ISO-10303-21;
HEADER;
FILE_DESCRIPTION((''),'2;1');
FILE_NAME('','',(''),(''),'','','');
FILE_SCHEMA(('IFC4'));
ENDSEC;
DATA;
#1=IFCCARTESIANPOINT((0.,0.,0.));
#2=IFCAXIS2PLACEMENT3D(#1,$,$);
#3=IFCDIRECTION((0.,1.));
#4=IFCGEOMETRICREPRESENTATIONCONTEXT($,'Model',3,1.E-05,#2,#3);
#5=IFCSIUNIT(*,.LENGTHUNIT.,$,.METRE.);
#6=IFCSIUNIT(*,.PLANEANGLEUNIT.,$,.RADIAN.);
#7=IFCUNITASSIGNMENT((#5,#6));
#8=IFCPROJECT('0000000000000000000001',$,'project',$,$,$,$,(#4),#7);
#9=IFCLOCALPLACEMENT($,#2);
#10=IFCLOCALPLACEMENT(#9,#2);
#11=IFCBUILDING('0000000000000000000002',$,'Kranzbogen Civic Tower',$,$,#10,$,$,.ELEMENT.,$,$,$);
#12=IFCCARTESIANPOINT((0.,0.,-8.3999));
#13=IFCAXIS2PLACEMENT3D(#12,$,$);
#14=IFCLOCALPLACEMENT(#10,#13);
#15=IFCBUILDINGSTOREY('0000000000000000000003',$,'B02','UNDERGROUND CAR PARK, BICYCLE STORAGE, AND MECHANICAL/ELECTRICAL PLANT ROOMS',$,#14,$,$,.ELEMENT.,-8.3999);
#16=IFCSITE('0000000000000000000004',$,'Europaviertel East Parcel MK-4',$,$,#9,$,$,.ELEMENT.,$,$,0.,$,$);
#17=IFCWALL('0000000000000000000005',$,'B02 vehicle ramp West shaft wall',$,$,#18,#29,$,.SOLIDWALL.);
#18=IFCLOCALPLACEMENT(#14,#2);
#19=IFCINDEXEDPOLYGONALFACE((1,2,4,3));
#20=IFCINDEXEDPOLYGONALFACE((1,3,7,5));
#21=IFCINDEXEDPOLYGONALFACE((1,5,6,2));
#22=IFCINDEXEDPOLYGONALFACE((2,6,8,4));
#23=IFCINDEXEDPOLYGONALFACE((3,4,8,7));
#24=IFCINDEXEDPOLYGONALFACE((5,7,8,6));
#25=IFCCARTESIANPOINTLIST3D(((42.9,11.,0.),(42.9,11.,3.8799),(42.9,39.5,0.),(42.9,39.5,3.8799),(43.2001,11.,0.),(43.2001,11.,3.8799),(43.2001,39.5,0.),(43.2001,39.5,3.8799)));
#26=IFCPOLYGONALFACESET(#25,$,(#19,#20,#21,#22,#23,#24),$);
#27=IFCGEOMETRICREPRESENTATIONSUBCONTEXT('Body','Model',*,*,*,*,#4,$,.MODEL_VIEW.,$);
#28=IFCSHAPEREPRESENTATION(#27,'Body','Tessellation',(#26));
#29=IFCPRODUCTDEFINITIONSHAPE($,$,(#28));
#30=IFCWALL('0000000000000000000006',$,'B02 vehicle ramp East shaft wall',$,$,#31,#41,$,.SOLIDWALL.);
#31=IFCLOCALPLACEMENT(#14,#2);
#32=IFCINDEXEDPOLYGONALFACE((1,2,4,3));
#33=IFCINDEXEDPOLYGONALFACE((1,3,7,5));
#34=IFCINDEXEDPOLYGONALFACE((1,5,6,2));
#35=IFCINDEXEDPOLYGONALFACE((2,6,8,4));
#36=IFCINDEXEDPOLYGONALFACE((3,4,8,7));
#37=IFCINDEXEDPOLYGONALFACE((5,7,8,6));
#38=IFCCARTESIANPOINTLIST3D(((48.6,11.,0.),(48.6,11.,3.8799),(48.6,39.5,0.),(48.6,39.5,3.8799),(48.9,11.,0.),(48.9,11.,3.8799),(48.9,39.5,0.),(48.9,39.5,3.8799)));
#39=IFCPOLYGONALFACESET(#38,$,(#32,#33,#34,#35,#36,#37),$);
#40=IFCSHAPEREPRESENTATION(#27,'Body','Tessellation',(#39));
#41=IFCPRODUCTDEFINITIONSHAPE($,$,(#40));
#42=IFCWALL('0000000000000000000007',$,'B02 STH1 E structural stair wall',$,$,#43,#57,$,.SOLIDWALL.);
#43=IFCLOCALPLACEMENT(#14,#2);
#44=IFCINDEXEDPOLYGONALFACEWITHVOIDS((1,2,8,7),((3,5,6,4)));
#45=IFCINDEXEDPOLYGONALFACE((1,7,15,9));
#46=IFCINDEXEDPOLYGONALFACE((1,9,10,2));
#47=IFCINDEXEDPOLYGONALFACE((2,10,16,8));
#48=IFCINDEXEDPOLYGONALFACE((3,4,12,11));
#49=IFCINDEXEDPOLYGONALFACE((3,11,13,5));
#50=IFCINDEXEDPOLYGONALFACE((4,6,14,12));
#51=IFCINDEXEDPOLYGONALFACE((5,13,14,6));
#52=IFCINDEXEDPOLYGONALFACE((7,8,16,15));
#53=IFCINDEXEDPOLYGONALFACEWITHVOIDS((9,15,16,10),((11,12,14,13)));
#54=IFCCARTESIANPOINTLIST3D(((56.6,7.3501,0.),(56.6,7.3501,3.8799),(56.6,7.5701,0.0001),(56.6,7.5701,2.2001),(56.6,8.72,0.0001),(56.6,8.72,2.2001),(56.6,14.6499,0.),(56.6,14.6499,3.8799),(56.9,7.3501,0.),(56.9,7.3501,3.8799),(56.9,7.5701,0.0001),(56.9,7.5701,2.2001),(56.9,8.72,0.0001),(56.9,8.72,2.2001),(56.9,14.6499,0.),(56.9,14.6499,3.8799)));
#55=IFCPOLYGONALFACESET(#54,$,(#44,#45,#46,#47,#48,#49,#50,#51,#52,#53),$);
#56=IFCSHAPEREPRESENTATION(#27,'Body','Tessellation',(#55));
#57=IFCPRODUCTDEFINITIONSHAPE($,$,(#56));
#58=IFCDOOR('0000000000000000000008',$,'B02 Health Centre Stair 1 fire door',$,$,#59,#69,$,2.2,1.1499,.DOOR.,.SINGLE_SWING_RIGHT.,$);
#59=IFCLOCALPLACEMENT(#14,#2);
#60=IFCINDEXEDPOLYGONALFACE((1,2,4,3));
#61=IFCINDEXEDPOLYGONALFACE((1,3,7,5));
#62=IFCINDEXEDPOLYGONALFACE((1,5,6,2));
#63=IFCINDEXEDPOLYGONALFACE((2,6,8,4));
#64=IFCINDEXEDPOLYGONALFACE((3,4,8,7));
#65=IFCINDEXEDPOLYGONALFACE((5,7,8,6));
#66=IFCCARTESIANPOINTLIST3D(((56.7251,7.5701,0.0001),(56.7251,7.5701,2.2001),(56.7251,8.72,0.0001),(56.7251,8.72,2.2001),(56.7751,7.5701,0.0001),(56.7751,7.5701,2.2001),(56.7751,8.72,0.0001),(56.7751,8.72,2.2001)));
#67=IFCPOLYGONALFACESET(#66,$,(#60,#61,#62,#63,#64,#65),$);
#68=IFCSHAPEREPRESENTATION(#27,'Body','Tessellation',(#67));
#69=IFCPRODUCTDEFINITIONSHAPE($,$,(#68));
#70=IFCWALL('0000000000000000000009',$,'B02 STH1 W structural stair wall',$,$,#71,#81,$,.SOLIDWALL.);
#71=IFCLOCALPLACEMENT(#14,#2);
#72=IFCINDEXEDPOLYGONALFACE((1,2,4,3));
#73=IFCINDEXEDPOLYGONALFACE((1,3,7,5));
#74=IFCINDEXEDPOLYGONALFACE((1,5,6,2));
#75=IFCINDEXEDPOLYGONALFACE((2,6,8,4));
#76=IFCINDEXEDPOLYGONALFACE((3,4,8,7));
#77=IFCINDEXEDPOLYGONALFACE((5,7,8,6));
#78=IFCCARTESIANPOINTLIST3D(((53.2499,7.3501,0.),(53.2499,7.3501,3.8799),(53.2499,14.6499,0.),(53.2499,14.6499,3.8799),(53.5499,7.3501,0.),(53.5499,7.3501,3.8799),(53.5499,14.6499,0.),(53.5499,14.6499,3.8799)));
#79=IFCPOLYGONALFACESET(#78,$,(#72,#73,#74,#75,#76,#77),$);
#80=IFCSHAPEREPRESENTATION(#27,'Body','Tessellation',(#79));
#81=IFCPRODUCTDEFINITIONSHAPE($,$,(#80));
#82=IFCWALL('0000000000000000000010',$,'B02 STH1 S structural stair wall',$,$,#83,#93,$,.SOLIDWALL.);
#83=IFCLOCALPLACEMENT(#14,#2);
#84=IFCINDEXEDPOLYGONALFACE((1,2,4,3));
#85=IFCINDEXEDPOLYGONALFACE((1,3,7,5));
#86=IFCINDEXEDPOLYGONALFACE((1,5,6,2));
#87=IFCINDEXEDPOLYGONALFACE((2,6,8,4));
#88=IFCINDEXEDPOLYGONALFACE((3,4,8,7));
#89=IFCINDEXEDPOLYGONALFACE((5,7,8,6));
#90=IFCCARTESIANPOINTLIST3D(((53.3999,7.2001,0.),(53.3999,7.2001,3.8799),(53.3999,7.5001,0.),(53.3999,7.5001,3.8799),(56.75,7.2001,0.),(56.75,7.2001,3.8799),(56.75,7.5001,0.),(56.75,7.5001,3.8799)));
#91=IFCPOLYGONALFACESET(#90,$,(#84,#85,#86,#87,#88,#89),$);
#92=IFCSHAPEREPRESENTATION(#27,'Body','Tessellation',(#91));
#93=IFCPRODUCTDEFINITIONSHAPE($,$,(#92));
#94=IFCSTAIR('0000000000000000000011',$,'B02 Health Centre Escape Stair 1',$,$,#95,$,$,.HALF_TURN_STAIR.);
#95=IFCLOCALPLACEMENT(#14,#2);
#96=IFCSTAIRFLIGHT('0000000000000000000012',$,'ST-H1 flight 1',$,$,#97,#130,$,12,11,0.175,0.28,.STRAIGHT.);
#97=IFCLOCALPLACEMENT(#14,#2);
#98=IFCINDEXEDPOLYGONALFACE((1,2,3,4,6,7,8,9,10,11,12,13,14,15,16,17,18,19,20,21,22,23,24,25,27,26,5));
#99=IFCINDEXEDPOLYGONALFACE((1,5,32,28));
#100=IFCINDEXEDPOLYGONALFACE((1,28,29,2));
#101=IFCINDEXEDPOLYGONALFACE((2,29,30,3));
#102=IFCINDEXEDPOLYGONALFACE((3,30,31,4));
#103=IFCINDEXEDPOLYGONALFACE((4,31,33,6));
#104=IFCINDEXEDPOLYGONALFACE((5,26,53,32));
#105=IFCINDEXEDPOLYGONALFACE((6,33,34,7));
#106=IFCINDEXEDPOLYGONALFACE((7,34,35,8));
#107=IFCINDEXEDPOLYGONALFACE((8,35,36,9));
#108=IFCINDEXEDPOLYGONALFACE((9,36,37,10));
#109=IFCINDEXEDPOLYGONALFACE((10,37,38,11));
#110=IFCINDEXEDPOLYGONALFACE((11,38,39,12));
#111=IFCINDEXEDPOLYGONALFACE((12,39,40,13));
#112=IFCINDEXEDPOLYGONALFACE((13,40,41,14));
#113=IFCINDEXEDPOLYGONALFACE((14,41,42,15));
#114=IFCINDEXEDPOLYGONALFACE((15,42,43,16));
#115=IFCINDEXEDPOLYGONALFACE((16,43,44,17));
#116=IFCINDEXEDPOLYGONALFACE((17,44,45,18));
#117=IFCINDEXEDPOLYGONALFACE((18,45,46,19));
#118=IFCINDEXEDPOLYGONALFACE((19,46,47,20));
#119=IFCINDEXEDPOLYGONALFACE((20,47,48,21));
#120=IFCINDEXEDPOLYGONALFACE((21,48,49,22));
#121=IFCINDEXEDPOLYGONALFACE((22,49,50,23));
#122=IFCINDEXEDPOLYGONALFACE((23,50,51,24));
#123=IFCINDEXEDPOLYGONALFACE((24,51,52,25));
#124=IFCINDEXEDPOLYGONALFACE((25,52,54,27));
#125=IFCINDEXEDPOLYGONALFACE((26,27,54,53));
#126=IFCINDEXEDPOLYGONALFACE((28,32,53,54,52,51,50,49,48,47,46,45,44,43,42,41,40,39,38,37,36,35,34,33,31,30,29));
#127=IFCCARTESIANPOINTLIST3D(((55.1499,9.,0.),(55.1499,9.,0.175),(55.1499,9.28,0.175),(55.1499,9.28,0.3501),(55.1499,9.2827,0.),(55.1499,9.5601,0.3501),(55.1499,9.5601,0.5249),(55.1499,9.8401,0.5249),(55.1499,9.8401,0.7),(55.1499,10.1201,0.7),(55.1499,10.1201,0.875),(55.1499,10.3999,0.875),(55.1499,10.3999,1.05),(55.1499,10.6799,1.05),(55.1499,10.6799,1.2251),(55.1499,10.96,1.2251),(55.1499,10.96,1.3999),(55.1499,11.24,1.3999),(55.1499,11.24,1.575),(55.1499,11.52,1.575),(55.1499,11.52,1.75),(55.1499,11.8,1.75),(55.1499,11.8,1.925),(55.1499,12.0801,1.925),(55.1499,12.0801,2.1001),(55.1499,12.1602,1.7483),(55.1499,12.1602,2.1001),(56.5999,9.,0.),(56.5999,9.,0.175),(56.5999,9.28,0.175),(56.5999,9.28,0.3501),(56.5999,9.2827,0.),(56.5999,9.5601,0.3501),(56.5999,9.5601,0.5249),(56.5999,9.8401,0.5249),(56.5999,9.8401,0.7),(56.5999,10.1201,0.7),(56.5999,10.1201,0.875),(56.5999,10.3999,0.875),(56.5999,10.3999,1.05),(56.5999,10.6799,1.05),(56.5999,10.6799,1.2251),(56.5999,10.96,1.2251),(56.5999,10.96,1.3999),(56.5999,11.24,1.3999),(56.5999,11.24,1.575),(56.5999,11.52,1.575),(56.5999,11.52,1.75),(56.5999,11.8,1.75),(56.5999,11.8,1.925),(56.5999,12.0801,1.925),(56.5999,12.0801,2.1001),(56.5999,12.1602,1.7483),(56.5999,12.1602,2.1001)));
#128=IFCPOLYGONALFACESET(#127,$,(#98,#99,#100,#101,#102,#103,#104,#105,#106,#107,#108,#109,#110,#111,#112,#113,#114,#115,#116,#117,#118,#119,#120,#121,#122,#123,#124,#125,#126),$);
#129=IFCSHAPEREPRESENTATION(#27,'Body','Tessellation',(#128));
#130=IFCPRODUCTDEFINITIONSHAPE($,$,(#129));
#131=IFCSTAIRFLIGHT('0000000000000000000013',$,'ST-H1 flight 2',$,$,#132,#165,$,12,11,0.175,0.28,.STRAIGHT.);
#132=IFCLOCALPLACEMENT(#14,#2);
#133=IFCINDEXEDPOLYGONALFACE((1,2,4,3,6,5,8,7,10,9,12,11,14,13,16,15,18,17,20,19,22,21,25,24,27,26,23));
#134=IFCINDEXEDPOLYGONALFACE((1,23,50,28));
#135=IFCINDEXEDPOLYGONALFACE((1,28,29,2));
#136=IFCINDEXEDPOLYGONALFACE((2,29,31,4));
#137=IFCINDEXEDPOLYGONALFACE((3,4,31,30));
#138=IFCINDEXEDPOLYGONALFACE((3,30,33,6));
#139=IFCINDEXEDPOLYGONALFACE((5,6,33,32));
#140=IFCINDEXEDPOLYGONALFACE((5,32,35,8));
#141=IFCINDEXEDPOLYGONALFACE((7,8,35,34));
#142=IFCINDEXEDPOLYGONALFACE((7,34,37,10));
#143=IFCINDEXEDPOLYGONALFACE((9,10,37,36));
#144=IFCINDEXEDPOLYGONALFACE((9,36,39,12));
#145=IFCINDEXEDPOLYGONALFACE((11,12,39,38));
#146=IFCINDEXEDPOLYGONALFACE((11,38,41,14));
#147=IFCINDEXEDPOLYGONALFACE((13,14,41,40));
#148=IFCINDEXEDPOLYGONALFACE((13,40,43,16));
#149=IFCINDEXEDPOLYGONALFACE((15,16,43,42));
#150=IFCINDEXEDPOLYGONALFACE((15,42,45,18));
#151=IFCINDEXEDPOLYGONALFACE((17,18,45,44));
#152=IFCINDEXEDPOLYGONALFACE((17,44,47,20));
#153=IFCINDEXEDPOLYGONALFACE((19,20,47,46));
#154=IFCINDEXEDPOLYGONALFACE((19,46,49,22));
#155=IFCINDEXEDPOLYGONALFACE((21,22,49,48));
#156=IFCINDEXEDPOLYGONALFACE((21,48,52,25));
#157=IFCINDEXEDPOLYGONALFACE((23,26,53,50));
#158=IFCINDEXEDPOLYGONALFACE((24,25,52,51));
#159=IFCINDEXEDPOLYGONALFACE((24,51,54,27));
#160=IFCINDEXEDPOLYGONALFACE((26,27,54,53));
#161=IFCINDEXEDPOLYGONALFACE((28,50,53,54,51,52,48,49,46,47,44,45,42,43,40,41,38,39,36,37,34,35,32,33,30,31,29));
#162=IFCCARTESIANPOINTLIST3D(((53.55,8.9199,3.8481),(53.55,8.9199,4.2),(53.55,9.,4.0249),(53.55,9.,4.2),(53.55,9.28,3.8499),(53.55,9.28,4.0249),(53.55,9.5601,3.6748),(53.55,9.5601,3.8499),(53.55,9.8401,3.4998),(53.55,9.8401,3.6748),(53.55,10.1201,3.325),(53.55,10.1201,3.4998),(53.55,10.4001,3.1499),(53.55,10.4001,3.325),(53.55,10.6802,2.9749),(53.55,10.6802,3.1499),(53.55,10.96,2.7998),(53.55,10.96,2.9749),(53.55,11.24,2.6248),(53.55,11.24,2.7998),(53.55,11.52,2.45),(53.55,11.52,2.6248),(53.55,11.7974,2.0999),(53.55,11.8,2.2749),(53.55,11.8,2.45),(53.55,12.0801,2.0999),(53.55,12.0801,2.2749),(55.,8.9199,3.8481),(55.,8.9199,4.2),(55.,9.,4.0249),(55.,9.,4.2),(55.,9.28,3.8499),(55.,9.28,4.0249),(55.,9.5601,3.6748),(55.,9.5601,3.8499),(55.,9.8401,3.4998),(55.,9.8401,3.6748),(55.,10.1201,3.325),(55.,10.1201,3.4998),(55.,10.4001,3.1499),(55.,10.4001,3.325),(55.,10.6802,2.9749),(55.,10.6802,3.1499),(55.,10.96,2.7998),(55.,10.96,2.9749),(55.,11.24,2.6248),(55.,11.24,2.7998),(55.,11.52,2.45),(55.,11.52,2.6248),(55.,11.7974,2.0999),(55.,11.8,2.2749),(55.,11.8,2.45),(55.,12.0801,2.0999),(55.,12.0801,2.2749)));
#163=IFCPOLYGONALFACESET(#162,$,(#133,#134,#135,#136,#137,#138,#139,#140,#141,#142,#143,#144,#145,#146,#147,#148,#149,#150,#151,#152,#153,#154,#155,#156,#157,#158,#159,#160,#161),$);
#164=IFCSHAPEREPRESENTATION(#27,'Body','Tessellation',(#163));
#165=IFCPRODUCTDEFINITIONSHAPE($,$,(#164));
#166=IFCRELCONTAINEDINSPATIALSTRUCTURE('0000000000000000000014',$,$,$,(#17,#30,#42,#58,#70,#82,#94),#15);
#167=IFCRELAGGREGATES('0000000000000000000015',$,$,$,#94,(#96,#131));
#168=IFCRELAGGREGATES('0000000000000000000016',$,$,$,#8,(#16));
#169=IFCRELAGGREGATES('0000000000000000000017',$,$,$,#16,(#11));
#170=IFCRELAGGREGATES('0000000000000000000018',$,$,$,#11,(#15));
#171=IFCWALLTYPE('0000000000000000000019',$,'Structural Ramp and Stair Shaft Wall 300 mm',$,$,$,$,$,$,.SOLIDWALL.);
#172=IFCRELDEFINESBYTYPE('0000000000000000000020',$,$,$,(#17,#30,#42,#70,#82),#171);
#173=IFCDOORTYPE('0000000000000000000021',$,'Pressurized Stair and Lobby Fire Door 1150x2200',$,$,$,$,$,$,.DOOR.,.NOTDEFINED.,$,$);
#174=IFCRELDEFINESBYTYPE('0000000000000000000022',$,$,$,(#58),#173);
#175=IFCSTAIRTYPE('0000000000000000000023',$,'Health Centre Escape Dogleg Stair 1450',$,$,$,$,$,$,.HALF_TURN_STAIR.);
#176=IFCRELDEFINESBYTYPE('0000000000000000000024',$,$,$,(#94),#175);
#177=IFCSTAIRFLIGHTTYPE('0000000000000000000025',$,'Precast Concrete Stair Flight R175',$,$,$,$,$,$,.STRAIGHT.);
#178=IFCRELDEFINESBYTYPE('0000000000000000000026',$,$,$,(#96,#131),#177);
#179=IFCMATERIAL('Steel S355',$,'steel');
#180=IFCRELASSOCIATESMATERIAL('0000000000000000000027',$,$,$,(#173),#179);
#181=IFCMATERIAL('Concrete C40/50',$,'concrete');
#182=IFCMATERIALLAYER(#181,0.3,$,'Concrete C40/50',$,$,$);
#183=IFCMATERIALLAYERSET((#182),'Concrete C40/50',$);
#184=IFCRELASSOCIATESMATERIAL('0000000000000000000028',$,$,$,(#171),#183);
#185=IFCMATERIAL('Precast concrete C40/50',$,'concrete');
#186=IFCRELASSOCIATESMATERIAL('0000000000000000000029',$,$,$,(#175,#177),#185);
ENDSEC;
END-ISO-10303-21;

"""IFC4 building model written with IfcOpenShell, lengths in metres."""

from ifc_helpers import new_model, si_unit, direction, frame, frame_2d, origin, place, context, subcontext, project, spatial, polyline, rectangle, outline, extrude, material, layer, layer_set, type_object, element, fill, aggregate, save


model = new_model("IFC4")

# Units and contexts
model_context = context("Model", 3, precision=1e-05, world=origin(), true_north=direction((0.0, 1.0)))
body_context = subcontext(model_context, "Body", "Model", "MODEL_VIEW")
ifc_project = project(units=[si_unit("LENGTHUNIT", "METRE"), si_unit("PLANEANGLEUNIT", "RADIAN")], contexts=[model_context])

# Site, building, storey
site_placement = place(None, origin())
site = spatial("IfcSite", under=ifc_project, at=site_placement, Name="Europaviertel East Parcel MK-4", CompositionType="ELEMENT", RefElevation=0.0)
building_placement = place(site_placement, origin())
building = spatial("IfcBuilding", under=site, at=building_placement, Name="Kranzbogen Civic Tower", CompositionType="ELEMENT")
storey_placement = place(building_placement, frame((0.0, 0.0, -8.3999)))
storey = spatial("IfcBuildingStorey", under=building, at=storey_placement, Name="B02", Description="UNDERGROUND CAR PARK, BICYCLE STORAGE, AND MECHANICAL/ELECTRICAL PLANT ROOMS", CompositionType="ELEMENT", Elevation=-8.3999)

# Shared definitions
ifc_material_1 = material(Name="Concrete C40/50", Category="concrete")

# Shared definitions
ifc_material_2 = material(Name="Steel S355", Category="steel")

# Shared definitions
door_type = type_object("IfcDoorType", Name="Pressurized Stair and Lobby Fire Door 1150x2200", OperationType="NOTDEFINED", PredefinedType="DOOR", material=ifc_material_2)

# Walls
ifc_layer_1 = layer(ifc_material_1, 0.3, Name="Concrete C40/50")
ifc_layer_set_1 = layer_set([ifc_layer_1], Name="Concrete C40/50")
wall_type_1 = type_object("IfcWallType", Name="Structural Ramp and Stair Shaft Wall 300 mm", PredefinedType="SOLIDWALL", material=ifc_layer_set_1)
for number, where, z_axis, x_axis, name in (
    (1, (43.05, 11.0, 0.0), (0.0, 0.0, 1.0), (0.0, 1.0, 0.0), "B02 vehicle ramp West shaft wall"),
    (2, (48.75, 11.0, 0.0), (0.0, 0.0, 1.0), (0.0, 1.0, 0.0), "B02 vehicle ramp East shaft wall"),
):
    element("IfcWall", number, at=place(storey_placement, frame(where, z_axis=z_axis, x_axis=x_axis)), inside=storey, type_object=wall_type_1, Name=name, PredefinedType="SOLIDWALL", context=body_context, shape_type="SweptSolid", body=[
        extrude(rectangle(XDim=28.5, YDim=0.3, at=frame_2d((14.25, 0.0))), origin(), (0.0, 0.0, 1.0), 3.8799),
    ])

# Wall, opening, door
wall_1_placement = place(storey_placement, frame((56.75, 7.3501, 0.0), z_axis=(0.0, 0.0, 1.0), x_axis=(0.0, 1.0, 0.0)))
wall_1 = element("IfcWall", 3, at=wall_1_placement, inside=storey, type_object=wall_type_1, Name="B02 STH1 E structural stair wall", PredefinedType="SOLIDWALL", context=body_context, shape_type="SweptSolid", body=[
    extrude(rectangle(XDim=7.2998, YDim=0.3, at=frame_2d((3.6499, 0.0))), origin(), (0.0, 0.0, 1.0), 3.8799),
])
opening_1_placement = place(wall_1_placement, frame((0.22, 0.0, 0.0)))
opening_1 = element("IfcOpeningElement", 4, at=opening_1_placement, cuts=wall_1, PredefinedType="OPENING", context=body_context, shape_type="SweptSolid", body=[
    extrude(rectangle(XDim=1.1499, YDim=2.2, at=frame_2d((0.575, 1.1001))), frame((0.0, 0.1602, 0.0), z_axis=(0.0, -1.0, 0.0), x_axis=(1.0, 0.0, 0.0)), (0.0, 0.0, 1.0), 0.3201),
])
door_1_placement = place(opening_1_placement, origin())
door_1 = element("IfcDoor", 5, at=door_1_placement, inside=storey, type_object=door_type, Name="B02 Health Centre Stair 1 fire door", OperationType="SINGLE_SWING_RIGHT", OverallHeight=2.2, OverallWidth=1.1499, PredefinedType="DOOR", context=body_context, shape_type="SweptSolid", body=[
    extrude(rectangle(XDim=1.1499, YDim=2.2, at=frame_2d((0.575, 1.1001))), frame((0.0, 0.0249, 0.0), z_axis=(0.0, -1.0, 0.0), x_axis=(1.0, 0.0, 0.0)), (0.0, 0.0, 1.0), 0.05),
])
fill(opening_1, door_1)

# Walls
wall_2_placement = place(storey_placement, frame((53.3999, 7.3501, 0.0), z_axis=(0.0, 0.0, 1.0), x_axis=(0.0, 1.0, 0.0)))
element("IfcWall", 6, at=wall_2_placement, inside=storey, type_object=wall_type_1, Name="B02 STH1 W structural stair wall", PredefinedType="SOLIDWALL", context=body_context, shape_type="SweptSolid", body=[
    extrude(rectangle(XDim=7.2998, YDim=0.3, at=frame_2d((3.6499, 0.0))), origin(), (0.0, 0.0, 1.0), 3.8799),
])
wall_3_placement = place(storey_placement, frame((53.3999, 7.3501, 0.0), z_axis=(0.0, 0.0, 1.0), x_axis=(1.0, 0.0, 0.0)))
element("IfcWall", 7, at=wall_3_placement, inside=storey, type_object=wall_type_1, Name="B02 STH1 S structural stair wall", PredefinedType="SOLIDWALL", context=body_context, shape_type="SweptSolid", body=[
    extrude(rectangle(XDim=3.3501, YDim=0.3, at=frame_2d((1.675, 0.0))), origin(), (0.0, 0.0, 1.0), 3.8799),
])

# Stair, stair flights
ifc_material_3 = material(Name="Precast concrete C40/50", Category="concrete")
stair_type = type_object("IfcStairType", Name="Health Centre Escape Dogleg Stair 1450", PredefinedType="HALF_TURN_STAIR", material=ifc_material_3)
stair_placement = place(storey_placement, origin())
stair = element("IfcStair", 8, at=stair_placement, inside=storey, type_object=stair_type, Name="B02 Health Centre Escape Stair 1", PredefinedType="HALF_TURN_STAIR")
stair_flight_type = type_object("IfcStairFlightType", Name="Precast Concrete Stair Flight R175", PredefinedType="STRAIGHT", material=ifc_material_3)
stair_flight_1_placement = place(storey_placement, frame((55.875, 9.0, 0.0), z_axis=(0.0, 0.0, 1.0), x_axis=(0.0, 1.0, 0.0)))
stair_flight_1 = element("IfcStairFlight", 9, at=stair_flight_1_placement, type_object=stair_flight_type, Name="ST-H1 flight 1", NumberOfRisers=12, NumberOfTreads=11, PredefinedType="STRAIGHT", RiserHeight=0.175, TreadLength=0.28, context=body_context, shape_type="SweptSolid", body=[
    extrude(outline(polyline([(0.0, 0.0), (0.0, 0.175), (0.28, 0.175), (0.28, 0.3501), (0.5601, 0.3501), (0.5601, 0.5249), (0.8401, 0.5249), (0.8401, 0.7), (1.1201, 0.7), (1.1201, 0.875), (1.3999, 0.875), (1.3999, 1.05), (1.6799, 1.05), (1.6799, 1.2251), (1.96, 1.2251), (1.96, 1.3999), (2.24, 1.3999), (2.24, 1.575), (2.52, 1.575), (2.52, 1.75), (2.8, 1.75), (2.8, 1.925), (3.0801, 1.925), (3.0801, 2.1001), (3.1602, 2.1001), (3.1602, 1.7483), (0.2827, 0.0), (0.0, 0.0)])), frame((0.0, 0.7251, 0.0), z_axis=(0.0, -1.0, 0.0), x_axis=(1.0, 0.0, 0.0)), (0.0, 0.0, 1.0), 1.45),
])
stair_flight_2_placement = place(storey_placement, frame((54.2749, 12.0801, 2.0999), z_axis=(0.0, 0.0, 1.0), x_axis=(0.0, -1.0, 0.0)))
stair_flight_2 = element("IfcStairFlight", 10, at=stair_flight_2_placement, type_object=stair_flight_type, Name="ST-H1 flight 2", NumberOfRisers=12, NumberOfTreads=11, PredefinedType="STRAIGHT", RiserHeight=0.175, TreadLength=0.28, context=body_context, shape_type="SweptSolid", body=[
    extrude(outline(polyline([(0.0, 0.0), (0.0, 0.175), (0.28, 0.175), (0.28, 0.3501), (0.5601, 0.3501), (0.5601, 0.5249), (0.8401, 0.5249), (0.8401, 0.7), (1.1201, 0.7), (1.1201, 0.875), (1.3999, 0.875), (1.3999, 1.05), (1.6799, 1.05), (1.6799, 1.2251), (1.96, 1.2251), (1.96, 1.3999), (2.24, 1.3999), (2.24, 1.575), (2.52, 1.575), (2.52, 1.75), (2.8, 1.75), (2.8, 1.925), (3.0801, 1.925), (3.0801, 2.1001), (3.1602, 2.1001), (3.1602, 1.7483), (0.2827, 0.0), (0.0, 0.0)])), frame((0.0, 0.7251, 0.0), z_axis=(0.0, -1.0, 0.0), x_axis=(1.0, 0.0, 0.0)), (0.0, 0.0, 1.0), 1.45),
])
aggregate(stair, [stair_flight_1, stair_flight_2])

save(model, "model.ifc")
